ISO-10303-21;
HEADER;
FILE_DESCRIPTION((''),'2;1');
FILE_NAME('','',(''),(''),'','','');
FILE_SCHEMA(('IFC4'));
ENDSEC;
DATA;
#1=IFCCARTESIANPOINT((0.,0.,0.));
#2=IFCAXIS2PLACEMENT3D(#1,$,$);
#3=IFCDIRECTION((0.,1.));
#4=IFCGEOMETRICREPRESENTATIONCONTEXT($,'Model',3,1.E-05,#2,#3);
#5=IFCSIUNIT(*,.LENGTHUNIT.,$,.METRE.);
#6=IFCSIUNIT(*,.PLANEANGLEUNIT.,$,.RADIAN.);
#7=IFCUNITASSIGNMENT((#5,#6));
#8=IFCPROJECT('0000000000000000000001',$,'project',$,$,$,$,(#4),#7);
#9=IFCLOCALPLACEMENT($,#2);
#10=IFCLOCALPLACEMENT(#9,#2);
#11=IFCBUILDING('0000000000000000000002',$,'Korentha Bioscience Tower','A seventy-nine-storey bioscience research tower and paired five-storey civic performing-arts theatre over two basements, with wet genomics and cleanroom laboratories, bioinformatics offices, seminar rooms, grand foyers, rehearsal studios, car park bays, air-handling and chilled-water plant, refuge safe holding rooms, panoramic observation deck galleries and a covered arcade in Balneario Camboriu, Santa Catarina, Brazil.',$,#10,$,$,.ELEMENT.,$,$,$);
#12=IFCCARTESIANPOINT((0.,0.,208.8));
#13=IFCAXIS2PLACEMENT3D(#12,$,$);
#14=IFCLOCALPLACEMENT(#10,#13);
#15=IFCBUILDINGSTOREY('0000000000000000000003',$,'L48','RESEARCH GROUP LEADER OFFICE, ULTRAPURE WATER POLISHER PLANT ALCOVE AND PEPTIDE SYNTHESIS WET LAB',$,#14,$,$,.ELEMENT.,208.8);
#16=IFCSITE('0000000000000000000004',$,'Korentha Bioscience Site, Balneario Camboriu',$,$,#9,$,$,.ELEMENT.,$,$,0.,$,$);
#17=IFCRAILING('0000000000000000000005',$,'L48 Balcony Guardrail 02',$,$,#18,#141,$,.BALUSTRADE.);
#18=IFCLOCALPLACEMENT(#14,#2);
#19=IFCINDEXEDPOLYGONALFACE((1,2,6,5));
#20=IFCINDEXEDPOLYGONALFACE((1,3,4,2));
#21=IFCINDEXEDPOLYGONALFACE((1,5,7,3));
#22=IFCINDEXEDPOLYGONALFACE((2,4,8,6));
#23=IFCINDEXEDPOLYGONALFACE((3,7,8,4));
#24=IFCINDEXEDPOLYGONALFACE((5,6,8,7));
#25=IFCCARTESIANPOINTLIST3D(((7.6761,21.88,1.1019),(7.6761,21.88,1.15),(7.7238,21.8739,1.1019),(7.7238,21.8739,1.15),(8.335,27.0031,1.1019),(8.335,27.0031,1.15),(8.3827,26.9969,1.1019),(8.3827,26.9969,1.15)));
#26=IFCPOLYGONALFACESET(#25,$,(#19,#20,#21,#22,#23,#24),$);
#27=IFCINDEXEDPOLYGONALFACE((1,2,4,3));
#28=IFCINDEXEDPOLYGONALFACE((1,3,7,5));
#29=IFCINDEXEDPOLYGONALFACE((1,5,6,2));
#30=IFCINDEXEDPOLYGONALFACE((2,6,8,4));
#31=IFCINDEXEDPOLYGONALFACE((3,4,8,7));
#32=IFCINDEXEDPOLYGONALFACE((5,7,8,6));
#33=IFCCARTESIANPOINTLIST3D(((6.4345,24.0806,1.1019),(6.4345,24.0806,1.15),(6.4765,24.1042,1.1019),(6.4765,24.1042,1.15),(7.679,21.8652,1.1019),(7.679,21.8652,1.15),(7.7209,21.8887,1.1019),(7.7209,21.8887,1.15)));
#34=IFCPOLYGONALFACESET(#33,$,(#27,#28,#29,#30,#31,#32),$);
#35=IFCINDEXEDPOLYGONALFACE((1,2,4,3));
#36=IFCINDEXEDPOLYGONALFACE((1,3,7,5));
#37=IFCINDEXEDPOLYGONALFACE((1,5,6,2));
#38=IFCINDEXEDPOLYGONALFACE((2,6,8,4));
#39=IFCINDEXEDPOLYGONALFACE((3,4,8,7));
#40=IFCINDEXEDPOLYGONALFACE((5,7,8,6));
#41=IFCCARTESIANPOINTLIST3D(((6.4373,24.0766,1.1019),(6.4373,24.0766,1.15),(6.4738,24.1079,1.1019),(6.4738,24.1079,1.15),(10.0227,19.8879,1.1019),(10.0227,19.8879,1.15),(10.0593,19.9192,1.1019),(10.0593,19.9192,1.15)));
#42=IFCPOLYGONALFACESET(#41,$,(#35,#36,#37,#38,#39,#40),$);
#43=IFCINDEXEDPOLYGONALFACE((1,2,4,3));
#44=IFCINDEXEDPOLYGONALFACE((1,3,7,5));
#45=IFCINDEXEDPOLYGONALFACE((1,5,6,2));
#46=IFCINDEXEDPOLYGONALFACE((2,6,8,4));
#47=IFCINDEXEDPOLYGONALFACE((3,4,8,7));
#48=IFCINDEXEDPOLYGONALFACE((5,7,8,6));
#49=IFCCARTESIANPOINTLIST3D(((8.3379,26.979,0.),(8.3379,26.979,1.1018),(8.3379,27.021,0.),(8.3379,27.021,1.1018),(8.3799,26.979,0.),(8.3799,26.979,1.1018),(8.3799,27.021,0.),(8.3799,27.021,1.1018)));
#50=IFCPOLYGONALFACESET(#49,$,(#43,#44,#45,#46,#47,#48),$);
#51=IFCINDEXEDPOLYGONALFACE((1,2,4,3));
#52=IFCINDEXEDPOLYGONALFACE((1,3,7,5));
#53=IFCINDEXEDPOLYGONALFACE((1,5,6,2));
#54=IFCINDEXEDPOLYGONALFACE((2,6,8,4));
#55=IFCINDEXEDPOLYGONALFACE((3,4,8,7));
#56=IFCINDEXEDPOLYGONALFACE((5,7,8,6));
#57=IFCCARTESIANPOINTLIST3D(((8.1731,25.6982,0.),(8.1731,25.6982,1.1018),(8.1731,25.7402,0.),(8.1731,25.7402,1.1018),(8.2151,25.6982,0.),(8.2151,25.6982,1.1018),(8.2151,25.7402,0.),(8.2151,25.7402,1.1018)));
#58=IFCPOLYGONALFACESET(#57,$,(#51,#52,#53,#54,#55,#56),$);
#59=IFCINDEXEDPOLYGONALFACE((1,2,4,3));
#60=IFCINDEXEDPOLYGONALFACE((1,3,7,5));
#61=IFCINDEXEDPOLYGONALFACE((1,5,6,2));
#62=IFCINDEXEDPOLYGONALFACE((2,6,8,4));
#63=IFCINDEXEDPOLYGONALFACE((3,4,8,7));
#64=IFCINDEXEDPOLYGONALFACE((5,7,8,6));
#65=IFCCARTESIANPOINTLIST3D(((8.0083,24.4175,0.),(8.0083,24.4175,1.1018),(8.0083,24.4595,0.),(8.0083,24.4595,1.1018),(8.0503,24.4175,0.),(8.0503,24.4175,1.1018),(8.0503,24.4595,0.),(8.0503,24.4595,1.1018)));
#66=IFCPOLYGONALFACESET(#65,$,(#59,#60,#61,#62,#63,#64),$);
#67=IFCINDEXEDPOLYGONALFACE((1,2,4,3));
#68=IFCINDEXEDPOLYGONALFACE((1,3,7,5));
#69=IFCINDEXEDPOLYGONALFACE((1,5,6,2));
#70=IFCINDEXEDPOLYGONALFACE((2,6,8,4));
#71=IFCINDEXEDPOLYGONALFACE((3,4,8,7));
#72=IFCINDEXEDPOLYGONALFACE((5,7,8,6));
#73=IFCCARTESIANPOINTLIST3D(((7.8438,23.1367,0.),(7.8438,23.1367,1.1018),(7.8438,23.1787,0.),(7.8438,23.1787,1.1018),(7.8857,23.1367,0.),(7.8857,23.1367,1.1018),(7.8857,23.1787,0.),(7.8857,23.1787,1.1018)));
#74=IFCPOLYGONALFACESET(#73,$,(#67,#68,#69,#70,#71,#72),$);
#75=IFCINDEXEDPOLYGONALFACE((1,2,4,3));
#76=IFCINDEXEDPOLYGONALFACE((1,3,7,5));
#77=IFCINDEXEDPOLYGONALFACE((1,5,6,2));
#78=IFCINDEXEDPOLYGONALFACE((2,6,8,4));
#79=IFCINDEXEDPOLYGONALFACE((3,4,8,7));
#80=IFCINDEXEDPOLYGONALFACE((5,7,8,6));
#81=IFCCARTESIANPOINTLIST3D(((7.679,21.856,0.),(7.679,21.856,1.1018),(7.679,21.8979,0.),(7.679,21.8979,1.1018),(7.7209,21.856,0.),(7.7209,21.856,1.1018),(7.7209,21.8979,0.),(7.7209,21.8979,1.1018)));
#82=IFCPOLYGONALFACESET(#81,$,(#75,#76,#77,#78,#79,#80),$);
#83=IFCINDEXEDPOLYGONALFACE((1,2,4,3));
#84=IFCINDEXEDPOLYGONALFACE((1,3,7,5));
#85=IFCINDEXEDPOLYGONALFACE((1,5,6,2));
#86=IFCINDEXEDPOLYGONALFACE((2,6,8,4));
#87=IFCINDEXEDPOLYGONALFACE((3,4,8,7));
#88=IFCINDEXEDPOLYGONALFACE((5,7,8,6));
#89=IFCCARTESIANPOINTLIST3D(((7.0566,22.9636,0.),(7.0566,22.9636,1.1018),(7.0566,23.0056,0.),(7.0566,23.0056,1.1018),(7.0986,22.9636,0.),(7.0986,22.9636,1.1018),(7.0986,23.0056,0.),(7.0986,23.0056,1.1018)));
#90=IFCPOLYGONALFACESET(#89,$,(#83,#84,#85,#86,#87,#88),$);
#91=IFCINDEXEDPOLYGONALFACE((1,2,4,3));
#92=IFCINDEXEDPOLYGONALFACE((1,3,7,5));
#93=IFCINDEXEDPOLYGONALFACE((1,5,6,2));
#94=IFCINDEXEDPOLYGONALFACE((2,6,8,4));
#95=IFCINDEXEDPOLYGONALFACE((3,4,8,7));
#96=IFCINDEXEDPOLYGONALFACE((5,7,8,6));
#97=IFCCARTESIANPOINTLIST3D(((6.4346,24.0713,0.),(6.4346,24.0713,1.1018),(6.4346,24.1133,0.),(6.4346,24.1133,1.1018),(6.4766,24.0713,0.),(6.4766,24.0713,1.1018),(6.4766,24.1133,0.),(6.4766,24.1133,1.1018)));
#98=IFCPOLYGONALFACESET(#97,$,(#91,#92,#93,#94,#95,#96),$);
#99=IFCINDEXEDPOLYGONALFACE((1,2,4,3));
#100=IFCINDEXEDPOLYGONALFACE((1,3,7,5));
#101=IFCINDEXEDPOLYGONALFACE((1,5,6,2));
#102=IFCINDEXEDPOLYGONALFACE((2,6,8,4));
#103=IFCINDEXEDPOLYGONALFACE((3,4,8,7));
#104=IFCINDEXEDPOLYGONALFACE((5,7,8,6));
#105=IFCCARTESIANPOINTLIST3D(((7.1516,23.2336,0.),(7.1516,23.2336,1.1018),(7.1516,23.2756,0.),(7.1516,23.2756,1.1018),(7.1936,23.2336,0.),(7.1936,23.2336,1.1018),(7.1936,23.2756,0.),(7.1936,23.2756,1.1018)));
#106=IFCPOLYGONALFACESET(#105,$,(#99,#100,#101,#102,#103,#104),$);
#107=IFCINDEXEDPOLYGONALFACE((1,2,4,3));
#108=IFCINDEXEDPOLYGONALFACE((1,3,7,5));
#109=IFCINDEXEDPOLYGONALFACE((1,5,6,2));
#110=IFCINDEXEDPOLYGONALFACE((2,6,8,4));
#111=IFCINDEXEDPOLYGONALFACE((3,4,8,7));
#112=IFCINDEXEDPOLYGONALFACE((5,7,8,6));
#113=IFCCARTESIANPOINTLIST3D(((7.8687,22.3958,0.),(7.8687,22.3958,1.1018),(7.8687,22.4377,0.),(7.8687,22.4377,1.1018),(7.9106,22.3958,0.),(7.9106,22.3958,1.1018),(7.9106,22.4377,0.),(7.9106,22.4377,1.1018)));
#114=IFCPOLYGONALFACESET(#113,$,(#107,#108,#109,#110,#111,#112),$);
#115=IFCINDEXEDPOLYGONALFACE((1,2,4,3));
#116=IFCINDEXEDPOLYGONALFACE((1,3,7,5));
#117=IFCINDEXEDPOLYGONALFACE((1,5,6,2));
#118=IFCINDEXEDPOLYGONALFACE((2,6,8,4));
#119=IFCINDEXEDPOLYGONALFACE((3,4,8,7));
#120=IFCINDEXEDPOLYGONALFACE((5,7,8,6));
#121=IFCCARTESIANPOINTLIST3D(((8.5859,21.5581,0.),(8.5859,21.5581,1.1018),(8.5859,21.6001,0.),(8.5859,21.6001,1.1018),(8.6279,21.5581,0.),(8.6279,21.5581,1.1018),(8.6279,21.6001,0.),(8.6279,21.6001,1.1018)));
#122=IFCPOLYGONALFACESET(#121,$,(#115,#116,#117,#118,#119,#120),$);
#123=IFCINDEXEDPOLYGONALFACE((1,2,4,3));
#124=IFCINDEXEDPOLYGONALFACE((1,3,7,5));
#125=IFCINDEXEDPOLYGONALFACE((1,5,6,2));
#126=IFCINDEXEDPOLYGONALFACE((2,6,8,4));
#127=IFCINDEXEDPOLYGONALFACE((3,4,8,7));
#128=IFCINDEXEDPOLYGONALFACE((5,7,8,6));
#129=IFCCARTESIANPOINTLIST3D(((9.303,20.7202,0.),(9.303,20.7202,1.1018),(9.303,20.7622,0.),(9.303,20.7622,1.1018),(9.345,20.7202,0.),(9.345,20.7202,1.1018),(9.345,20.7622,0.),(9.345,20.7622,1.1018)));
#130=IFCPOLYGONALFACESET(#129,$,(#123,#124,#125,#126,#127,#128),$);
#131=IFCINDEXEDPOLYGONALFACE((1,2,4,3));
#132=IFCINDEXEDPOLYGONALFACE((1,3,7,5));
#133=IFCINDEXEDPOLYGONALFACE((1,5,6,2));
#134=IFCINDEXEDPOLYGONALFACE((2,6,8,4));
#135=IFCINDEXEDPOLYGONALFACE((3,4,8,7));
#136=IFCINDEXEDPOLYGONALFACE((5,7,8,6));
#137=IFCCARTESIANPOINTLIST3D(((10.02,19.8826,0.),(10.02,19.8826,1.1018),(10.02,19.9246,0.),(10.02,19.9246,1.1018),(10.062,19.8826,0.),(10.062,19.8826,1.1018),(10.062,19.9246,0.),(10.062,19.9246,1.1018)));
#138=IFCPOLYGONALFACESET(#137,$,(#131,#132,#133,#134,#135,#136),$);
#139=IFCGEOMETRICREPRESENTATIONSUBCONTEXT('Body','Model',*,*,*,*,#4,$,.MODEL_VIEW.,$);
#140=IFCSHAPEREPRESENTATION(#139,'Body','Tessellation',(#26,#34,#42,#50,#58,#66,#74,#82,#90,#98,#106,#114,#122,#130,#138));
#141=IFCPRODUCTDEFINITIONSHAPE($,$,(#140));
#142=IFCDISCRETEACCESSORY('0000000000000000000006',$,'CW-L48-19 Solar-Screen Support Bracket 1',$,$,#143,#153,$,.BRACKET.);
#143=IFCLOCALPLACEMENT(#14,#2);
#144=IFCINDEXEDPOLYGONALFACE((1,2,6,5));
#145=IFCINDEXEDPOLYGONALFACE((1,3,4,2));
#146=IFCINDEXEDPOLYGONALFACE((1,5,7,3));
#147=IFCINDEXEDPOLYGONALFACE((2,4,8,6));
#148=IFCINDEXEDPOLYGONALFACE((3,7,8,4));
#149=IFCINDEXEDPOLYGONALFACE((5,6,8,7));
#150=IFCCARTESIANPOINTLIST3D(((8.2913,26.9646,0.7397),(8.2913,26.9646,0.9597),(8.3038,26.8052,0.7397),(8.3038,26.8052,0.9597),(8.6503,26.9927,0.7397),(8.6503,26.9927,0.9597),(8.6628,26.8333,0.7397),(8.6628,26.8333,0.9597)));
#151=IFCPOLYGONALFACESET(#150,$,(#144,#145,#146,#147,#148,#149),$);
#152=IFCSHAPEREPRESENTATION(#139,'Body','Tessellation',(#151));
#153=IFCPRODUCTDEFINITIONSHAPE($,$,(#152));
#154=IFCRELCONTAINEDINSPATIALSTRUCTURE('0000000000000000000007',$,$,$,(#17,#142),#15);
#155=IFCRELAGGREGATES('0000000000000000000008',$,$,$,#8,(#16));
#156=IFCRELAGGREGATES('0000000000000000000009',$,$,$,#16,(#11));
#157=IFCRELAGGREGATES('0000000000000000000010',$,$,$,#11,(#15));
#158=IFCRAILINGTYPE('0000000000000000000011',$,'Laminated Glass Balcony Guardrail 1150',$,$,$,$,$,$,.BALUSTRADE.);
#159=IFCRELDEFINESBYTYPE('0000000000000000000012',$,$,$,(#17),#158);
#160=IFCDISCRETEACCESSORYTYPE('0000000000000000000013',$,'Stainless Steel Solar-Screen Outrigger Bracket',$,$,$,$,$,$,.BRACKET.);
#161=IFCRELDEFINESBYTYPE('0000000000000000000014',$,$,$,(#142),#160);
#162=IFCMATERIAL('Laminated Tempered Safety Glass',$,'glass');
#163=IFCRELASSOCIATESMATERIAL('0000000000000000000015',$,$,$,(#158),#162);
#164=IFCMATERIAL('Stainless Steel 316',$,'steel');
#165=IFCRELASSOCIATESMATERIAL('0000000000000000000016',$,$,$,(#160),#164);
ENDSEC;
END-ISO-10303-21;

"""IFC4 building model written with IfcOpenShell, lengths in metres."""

from ifc_helpers import new_model, si_unit, direction, frame, origin, origin_2d, place, context, subcontext, project, spatial, rectangle, extrude, material, type_object, element, save


model = new_model("IFC4")

# Units and contexts
model_context = context("Model", 3, precision=1e-05, world=origin(), true_north=direction((0.0, 1.0)))
body_context = subcontext(model_context, "Body", "Model", "MODEL_VIEW")
ifc_project = project(units=[si_unit("LENGTHUNIT", "METRE"), si_unit("PLANEANGLEUNIT", "RADIAN")], contexts=[model_context])

# Site, building, storey
site_placement = place(None, origin())
site = spatial("IfcSite", under=ifc_project, at=site_placement, Name="Korentha Bioscience Site, Balneario Camboriu", CompositionType="ELEMENT", RefElevation=0.0)
building_placement = place(site_placement, origin())
building = spatial("IfcBuilding", under=site, at=building_placement, Name="Korentha Bioscience Tower", Description="A seventy-nine-storey bioscience research tower and paired five-storey civic performing-arts theatre over two basements, with wet genomics and cleanroom laboratories, bioinformatics offices, seminar rooms, grand foyers, rehearsal studios, car park bays, air-handling and chilled-water plant, refuge safe holding rooms, panoramic observation deck galleries and a covered arcade in Balneario Camboriu, Santa Catarina, Brazil.", CompositionType="ELEMENT")
storey_placement = place(building_placement, frame((0.0, 0.0, 208.8)))
storey = spatial("IfcBuildingStorey", under=building, at=storey_placement, Name="L48", Description="RESEARCH GROUP LEADER OFFICE, ULTRAPURE WATER POLISHER PLANT ALCOVE AND PEPTIDE SYNTHESIS WET LAB", CompositionType="ELEMENT", Elevation=208.8)

# Railing
ifc_material_1 = material(Name="Laminated Tempered Safety Glass", Category="glass")
railing_type = type_object("IfcRailingType", Name="Laminated Glass Balcony Guardrail 1150", PredefinedType="BALUSTRADE", material=ifc_material_1)
railing_placement = place(storey_placement, frame((8.3589, 27.0, 0.0)))
element("IfcRailing", 1, at=railing_placement, inside=storey, type_object=railing_type, Name="L48 Balcony Guardrail 02", PredefinedType="BALUSTRADE", context=body_context, shape_type="SweptSolid", body=[
    extrude(rectangle(XDim=0.0481, YDim=0.0481, at=origin_2d()), frame((0.0, 0.0, 1.126), z_axis=(-0.127571, -0.991829, 0.0), x_axis=(0.991829, -0.127571, 0.0)), (0.0, 0.0, 1.0), 5.1653),
    extrude(rectangle(XDim=0.0481, YDim=0.0481, at=origin_2d()), frame((-0.6589, -5.123, 1.126), z_axis=(-0.489741, 0.871868, 0.0), x_axis=(-0.871868, -0.489741, 0.0)), (0.0, 0.0, 1.0), 2.541),
    extrude(rectangle(XDim=0.0481, YDim=0.0481, at=origin_2d()), frame((-1.9033, -2.9077, 1.126), z_axis=(0.650281, -0.759694, 0.0), x_axis=(0.759694, 0.650281, 0.0)), (0.0, 0.0, 1.0), 5.5137),
    extrude(rectangle(XDim=0.042, YDim=0.042, at=origin_2d()), origin(), (0.0, 0.0, 1.0), 1.1018),
    extrude(rectangle(XDim=0.042, YDim=0.042, at=origin_2d()), frame((-0.1648, -1.2808, 0.0)), (0.0, 0.0, 1.0), 1.1018),
    extrude(rectangle(XDim=0.042, YDim=0.042, at=origin_2d()), frame((-0.3296, -2.5615, 0.0)), (0.0, 0.0, 1.0), 1.1018),
    extrude(rectangle(XDim=0.042, YDim=0.042, at=origin_2d()), frame((-0.4941, -3.8423, 0.0)), (0.0, 0.0, 1.0), 1.1018),
    extrude(rectangle(XDim=0.042, YDim=0.042, at=origin_2d()), frame((-0.6589, -5.123, 0.0)), (0.0, 0.0, 1.0), 1.1018),
    extrude(rectangle(XDim=0.042, YDim=0.042, at=origin_2d()), frame((-1.2812, -4.0154, 0.0)), (0.0, 0.0, 1.0), 1.1018),
    extrude(rectangle(XDim=0.042, YDim=0.042, at=origin_2d()), frame((-1.9033, -2.9077, 0.0)), (0.0, 0.0, 1.0), 1.1018),
    extrude(rectangle(XDim=0.042, YDim=0.042, at=origin_2d()), frame((-1.1863, -3.7454, 0.0)), (0.0, 0.0, 1.0), 1.1018),
    extrude(rectangle(XDim=0.042, YDim=0.042, at=origin_2d()), frame((-0.4692, -4.5833, 0.0)), (0.0, 0.0, 1.0), 1.1018),
    extrude(rectangle(XDim=0.042, YDim=0.042, at=origin_2d()), frame((0.248, -5.4209, 0.0)), (0.0, 0.0, 1.0), 1.1018),
    extrude(rectangle(XDim=0.042, YDim=0.042, at=origin_2d()), frame((0.9651, -6.2588, 0.0)), (0.0, 0.0, 1.0), 1.1018),
    extrude(rectangle(XDim=0.042, YDim=0.042, at=origin_2d()), frame((1.6821, -7.0964, 0.0)), (0.0, 0.0, 1.0), 1.1018),
])

# Discrete accessory
ifc_material_2 = material(Name="Stainless Steel 316", Category="steel")
discrete_accessory_type = type_object("IfcDiscreteAccessoryType", Name="Stainless Steel Solar-Screen Outrigger Bracket", PredefinedType="BRACKET", material=ifc_material_2)
discrete_accessory_placement = place(storey_placement, frame((8.4771, 26.8989, 0.7397), z_axis=(0.0, 0.0, 1.0), x_axis=(0.077988, -0.996954, 0.0)))
element("IfcDiscreteAccessory", 2, at=discrete_accessory_placement, inside=storey, type_object=discrete_accessory_type, Name="CW-L48-19 Solar-Screen Support Bracket 1", PredefinedType="BRACKET", context=body_context, shape_type="SweptSolid", body=[
    extrude(rectangle(XDim=0.1599, YDim=0.3601, at=origin_2d()), origin(), (0.0, 0.0, 1.0), 0.22),
])

save(model, "model.ifc")
